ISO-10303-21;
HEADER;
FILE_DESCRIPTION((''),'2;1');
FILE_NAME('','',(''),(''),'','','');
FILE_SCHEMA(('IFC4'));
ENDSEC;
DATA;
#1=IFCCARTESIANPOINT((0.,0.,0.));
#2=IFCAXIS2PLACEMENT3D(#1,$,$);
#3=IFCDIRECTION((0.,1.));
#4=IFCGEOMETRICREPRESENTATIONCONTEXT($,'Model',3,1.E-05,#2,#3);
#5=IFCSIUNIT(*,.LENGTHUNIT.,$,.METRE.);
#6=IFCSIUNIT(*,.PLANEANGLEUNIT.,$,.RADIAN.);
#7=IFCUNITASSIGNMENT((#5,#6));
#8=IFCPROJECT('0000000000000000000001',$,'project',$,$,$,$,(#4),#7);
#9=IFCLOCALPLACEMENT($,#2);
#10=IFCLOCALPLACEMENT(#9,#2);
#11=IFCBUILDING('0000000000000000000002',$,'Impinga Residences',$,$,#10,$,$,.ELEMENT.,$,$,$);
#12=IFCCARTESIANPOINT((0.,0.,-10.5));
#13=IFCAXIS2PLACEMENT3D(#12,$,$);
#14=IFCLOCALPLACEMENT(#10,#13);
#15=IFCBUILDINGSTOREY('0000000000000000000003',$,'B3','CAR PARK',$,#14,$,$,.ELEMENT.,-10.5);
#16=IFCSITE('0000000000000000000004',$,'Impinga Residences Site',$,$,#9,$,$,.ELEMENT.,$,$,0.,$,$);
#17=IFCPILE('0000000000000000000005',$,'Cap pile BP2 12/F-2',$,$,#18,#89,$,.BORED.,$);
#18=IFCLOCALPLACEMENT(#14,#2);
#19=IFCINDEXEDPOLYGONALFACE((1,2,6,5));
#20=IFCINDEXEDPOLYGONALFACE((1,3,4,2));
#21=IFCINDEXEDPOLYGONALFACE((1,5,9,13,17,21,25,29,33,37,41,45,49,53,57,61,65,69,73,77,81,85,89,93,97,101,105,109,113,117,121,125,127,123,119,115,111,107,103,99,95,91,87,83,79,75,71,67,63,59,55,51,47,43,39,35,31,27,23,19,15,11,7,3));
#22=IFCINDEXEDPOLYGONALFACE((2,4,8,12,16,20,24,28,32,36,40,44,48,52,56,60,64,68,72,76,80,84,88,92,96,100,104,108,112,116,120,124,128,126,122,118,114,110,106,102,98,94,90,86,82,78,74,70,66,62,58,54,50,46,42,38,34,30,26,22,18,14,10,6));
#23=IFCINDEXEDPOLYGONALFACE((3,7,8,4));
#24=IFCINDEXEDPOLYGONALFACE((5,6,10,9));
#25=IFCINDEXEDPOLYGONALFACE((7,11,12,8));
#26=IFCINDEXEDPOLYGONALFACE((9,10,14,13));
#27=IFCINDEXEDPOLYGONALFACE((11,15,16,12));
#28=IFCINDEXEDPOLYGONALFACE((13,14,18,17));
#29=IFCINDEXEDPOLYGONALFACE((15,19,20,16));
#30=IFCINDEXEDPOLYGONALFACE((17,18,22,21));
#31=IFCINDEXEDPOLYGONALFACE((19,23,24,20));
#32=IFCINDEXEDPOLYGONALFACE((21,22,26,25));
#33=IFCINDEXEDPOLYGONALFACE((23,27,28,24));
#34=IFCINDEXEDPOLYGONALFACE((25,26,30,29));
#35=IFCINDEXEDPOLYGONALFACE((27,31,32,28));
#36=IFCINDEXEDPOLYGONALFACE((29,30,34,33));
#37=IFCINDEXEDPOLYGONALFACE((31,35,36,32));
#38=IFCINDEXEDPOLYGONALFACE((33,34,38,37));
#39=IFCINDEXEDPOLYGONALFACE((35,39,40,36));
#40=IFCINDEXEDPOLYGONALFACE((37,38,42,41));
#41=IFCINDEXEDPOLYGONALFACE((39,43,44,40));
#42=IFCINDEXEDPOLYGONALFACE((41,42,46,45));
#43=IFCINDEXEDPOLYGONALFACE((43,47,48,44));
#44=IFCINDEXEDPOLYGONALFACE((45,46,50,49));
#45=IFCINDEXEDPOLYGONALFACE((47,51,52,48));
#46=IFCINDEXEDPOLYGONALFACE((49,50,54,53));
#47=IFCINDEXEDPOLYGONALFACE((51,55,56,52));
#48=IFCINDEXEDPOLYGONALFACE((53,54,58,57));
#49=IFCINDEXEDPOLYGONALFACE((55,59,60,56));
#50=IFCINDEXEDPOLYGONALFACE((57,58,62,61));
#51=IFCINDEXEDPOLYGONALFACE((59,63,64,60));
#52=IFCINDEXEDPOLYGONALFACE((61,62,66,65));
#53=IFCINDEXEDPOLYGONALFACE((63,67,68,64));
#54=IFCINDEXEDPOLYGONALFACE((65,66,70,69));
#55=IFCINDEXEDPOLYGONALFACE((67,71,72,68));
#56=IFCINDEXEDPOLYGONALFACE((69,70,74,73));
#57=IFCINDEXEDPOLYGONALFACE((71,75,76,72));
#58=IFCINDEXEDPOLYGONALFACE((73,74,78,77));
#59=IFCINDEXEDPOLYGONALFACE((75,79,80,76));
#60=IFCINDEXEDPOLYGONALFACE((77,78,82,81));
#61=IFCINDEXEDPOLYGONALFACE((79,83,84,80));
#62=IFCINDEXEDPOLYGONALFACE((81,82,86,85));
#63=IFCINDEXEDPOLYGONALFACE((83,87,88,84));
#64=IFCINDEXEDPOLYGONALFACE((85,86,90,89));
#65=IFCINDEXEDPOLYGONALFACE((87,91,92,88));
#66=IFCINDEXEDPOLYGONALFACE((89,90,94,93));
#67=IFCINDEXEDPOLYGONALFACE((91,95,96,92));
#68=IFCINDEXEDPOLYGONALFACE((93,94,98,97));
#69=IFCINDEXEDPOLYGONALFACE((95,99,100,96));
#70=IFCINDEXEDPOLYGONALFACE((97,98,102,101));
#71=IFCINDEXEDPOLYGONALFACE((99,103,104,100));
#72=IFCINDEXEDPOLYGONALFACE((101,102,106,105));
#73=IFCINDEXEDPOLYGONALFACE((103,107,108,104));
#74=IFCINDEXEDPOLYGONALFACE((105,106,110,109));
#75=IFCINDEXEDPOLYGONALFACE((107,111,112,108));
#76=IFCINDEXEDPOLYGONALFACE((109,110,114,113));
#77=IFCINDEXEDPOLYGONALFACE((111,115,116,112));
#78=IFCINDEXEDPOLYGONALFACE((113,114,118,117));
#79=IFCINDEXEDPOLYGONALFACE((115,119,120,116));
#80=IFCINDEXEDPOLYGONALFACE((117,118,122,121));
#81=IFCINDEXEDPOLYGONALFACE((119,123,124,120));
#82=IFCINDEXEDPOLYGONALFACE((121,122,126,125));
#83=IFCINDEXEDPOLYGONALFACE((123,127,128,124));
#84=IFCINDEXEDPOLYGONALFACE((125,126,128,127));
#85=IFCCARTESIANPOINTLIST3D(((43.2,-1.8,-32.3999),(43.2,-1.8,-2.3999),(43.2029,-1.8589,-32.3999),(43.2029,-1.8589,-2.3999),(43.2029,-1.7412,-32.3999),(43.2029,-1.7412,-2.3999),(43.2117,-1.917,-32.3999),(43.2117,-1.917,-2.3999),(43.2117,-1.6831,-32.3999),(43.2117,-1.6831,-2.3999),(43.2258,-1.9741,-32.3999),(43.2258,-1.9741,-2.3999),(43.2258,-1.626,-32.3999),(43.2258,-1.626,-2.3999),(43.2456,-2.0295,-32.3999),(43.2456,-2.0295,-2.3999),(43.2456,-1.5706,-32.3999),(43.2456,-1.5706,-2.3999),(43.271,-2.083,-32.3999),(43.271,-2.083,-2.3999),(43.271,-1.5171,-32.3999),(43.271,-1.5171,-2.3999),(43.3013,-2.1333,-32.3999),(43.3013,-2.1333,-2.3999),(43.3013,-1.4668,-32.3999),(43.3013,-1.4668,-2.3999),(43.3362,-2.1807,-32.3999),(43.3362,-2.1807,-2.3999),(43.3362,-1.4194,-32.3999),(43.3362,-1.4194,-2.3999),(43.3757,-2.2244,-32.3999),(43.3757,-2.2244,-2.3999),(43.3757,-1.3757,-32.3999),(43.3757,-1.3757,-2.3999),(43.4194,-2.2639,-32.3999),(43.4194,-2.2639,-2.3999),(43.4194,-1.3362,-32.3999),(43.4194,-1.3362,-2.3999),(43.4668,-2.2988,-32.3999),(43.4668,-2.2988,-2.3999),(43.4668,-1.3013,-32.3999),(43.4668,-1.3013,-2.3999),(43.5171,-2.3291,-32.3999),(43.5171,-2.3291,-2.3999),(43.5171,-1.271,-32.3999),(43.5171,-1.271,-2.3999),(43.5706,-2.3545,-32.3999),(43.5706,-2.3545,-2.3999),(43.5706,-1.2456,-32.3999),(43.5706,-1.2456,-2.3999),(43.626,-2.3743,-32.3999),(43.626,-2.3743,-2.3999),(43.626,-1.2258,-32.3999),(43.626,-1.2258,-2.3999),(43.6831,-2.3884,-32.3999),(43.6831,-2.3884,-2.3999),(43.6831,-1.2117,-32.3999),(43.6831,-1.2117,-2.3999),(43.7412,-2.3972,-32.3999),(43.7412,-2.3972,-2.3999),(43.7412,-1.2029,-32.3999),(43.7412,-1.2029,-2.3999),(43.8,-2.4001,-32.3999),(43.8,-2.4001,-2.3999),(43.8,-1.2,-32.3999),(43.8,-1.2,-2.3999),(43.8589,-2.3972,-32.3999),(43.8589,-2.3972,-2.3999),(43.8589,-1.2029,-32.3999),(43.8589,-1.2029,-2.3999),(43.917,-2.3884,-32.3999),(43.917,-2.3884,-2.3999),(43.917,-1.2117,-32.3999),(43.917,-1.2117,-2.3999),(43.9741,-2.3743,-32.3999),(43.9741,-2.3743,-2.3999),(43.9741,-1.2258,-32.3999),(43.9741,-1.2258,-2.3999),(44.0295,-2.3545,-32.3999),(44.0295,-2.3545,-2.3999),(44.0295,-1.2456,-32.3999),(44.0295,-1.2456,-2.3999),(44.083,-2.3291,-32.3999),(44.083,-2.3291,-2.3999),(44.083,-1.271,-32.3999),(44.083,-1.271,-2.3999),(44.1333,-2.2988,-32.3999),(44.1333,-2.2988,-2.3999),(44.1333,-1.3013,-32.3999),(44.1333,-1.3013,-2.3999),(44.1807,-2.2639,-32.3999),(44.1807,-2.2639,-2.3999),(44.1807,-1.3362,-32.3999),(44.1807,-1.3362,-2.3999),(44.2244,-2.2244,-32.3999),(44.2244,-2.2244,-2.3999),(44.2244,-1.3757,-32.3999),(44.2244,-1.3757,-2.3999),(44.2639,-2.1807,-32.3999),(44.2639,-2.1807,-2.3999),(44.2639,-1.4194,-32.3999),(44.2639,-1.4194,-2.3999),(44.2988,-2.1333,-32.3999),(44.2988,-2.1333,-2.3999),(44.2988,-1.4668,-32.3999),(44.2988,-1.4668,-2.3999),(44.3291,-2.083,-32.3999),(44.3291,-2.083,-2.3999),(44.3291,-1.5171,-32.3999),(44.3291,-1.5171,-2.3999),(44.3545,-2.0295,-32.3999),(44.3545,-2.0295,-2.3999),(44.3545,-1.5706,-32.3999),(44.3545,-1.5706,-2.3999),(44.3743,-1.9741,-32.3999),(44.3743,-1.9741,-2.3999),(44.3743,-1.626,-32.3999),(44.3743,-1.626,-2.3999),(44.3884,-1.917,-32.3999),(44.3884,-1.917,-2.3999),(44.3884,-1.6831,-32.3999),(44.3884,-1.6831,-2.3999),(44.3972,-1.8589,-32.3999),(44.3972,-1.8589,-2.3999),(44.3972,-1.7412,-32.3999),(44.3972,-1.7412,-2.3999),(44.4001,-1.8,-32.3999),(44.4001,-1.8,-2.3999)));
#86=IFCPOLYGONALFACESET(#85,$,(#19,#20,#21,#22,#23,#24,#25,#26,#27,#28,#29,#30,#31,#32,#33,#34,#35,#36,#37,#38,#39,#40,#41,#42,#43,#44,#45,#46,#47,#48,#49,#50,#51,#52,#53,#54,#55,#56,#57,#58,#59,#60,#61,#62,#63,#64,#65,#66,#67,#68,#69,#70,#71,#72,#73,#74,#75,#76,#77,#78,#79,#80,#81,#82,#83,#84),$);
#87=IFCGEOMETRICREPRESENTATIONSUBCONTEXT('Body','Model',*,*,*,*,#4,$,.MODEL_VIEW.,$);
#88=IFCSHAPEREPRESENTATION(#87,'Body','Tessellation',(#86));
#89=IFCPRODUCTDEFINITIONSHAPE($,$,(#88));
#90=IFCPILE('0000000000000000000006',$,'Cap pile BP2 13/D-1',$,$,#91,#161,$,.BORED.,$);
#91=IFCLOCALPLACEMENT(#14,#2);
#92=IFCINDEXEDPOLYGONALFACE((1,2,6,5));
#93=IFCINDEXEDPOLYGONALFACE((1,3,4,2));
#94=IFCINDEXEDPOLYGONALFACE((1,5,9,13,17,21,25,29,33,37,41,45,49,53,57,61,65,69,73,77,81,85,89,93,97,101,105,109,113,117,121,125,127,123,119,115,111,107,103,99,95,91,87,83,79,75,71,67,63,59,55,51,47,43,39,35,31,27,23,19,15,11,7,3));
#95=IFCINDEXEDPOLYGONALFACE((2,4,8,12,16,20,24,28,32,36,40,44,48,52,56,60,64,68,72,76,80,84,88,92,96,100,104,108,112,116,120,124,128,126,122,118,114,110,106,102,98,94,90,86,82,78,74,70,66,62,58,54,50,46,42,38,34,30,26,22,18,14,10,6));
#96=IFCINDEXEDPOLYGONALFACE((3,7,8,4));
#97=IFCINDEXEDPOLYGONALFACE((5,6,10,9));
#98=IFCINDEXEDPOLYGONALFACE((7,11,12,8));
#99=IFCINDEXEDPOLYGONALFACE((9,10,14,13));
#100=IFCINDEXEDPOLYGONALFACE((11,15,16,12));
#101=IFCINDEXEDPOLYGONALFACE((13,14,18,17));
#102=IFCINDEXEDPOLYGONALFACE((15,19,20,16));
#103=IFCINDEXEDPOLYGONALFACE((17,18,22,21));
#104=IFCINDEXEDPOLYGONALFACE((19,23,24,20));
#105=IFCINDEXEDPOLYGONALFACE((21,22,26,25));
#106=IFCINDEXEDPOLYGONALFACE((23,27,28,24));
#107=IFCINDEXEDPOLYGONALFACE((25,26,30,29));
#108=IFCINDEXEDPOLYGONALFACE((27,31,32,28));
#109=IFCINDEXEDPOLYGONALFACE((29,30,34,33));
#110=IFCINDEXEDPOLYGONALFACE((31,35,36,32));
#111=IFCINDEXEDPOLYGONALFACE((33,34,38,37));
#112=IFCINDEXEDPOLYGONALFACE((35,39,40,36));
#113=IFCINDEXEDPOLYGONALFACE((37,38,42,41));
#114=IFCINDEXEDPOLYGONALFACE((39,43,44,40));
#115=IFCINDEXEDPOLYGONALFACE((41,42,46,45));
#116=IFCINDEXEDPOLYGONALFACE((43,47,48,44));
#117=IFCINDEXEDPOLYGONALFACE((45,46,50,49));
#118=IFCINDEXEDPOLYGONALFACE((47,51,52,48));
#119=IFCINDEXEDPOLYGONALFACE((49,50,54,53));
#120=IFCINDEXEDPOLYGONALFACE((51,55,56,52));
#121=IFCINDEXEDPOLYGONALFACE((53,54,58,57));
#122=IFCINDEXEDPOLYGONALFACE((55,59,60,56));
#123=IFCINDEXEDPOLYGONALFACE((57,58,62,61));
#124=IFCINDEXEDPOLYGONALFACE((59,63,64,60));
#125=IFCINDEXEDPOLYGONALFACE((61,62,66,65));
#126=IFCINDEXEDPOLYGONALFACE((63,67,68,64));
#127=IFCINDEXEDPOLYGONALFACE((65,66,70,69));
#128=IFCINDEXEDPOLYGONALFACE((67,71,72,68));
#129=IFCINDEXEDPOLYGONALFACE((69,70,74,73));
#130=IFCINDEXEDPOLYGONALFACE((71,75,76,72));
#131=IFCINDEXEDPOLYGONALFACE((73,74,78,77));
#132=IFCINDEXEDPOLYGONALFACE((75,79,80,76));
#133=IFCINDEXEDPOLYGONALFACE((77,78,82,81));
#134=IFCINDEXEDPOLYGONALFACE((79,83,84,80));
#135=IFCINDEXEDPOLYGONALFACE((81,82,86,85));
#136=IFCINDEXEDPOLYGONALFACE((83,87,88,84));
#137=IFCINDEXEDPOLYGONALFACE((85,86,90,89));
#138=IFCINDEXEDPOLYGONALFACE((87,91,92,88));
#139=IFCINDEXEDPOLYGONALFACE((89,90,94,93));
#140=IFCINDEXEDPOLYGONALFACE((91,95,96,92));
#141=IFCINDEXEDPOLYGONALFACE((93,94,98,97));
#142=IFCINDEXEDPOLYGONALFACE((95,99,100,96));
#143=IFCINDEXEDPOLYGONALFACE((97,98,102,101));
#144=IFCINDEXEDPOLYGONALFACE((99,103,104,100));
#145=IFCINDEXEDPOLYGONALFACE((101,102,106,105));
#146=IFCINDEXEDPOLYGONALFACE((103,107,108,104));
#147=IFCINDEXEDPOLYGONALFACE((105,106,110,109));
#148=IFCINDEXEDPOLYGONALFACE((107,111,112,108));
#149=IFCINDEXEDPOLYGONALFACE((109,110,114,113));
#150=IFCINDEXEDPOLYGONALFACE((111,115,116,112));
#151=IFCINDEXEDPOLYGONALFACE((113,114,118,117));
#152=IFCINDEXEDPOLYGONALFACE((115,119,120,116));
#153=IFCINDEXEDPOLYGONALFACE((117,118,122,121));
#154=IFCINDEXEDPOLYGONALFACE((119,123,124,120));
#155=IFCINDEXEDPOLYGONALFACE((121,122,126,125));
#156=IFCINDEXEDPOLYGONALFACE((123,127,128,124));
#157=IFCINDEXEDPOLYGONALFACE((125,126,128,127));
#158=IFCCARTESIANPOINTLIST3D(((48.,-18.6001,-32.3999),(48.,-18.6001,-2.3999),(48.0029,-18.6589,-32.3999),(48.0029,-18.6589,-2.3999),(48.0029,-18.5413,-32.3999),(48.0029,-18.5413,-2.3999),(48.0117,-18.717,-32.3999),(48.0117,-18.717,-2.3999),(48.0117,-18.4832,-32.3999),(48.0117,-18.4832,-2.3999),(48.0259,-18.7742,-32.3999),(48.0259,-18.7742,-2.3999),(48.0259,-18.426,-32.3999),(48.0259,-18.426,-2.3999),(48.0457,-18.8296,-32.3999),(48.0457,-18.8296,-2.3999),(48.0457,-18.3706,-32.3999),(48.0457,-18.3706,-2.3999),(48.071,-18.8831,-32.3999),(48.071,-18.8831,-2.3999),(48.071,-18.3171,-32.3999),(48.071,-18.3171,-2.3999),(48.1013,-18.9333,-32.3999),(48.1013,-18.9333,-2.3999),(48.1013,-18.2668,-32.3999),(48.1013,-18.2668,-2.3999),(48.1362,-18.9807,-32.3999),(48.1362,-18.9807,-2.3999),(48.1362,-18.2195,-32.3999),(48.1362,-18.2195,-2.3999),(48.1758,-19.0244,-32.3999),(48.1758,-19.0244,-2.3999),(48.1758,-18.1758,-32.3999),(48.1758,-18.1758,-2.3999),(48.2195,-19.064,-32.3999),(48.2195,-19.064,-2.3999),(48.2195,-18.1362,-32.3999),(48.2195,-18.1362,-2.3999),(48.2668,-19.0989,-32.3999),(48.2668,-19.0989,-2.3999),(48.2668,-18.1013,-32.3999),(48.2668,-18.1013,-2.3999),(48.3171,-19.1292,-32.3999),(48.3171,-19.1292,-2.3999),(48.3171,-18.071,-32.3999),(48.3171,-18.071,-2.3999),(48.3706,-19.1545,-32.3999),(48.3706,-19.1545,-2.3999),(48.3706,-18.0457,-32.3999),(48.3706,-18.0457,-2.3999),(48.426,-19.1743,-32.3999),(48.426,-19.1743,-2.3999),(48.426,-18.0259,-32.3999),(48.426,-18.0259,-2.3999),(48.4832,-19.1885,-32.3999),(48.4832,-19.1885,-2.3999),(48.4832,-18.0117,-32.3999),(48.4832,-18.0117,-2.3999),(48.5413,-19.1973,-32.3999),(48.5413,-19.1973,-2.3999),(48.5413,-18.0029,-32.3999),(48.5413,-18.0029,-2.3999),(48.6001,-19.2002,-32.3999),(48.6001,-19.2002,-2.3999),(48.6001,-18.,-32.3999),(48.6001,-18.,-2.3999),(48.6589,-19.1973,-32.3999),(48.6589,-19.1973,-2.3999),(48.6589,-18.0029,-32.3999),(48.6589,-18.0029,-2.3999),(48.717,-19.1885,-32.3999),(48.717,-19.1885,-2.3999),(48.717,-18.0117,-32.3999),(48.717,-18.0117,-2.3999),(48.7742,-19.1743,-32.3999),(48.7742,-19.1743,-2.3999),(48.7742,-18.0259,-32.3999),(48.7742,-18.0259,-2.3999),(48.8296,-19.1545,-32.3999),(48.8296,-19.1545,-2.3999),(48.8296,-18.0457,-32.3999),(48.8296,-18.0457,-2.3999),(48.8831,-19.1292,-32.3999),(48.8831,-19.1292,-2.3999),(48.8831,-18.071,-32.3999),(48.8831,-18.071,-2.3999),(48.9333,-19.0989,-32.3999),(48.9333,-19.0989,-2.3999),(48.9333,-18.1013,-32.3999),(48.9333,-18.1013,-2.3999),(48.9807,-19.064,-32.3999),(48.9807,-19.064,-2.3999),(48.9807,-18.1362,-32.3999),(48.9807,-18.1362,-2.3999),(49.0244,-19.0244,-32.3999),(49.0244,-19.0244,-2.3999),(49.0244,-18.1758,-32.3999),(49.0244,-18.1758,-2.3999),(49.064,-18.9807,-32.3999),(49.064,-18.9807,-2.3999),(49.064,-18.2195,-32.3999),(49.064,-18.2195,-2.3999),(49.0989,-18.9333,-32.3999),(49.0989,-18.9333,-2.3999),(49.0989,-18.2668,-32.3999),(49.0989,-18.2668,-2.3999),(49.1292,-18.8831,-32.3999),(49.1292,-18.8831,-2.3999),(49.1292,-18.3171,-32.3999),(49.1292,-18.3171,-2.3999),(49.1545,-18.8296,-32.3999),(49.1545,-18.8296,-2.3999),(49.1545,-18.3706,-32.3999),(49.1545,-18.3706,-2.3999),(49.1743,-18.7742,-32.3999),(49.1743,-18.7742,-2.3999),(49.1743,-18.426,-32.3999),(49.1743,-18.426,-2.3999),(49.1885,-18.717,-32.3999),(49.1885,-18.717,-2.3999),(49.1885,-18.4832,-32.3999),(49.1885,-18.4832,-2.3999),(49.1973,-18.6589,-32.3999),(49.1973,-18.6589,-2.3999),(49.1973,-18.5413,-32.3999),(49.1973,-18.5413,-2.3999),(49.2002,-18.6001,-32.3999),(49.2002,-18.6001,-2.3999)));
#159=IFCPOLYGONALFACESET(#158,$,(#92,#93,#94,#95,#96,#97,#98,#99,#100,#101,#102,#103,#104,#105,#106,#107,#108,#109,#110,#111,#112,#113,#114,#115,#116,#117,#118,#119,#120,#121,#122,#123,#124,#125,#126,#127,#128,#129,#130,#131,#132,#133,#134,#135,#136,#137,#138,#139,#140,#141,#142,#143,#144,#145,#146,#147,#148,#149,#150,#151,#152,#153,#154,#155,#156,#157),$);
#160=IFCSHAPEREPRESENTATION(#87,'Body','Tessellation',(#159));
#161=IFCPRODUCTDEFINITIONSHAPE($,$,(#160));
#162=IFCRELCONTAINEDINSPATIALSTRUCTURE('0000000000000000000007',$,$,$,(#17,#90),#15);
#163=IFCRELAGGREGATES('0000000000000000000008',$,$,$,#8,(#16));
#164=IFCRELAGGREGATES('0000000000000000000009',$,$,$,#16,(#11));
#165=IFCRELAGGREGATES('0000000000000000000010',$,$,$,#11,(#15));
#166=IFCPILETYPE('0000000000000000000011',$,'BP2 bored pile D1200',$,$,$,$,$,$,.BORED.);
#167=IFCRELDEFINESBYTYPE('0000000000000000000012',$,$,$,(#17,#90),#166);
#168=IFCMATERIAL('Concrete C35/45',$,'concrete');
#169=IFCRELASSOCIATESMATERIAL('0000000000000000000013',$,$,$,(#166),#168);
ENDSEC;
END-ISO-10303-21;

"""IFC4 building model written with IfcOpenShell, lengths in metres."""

from ifc_helpers import new_model, si_unit, direction, frame, origin, origin_2d, place, context, subcontext, project, spatial, polyline, circle, outline, extrude, material, material_profile, profile_set, type_object, element, save


model = new_model("IFC4")

# Units and contexts
model_context = context("Model", 3, precision=1e-05, world=origin(), true_north=direction((0.0, 1.0)))
body_context = subcontext(model_context, "Body", "Model", "MODEL_VIEW")
ifc_project = project(units=[si_unit("LENGTHUNIT", "METRE"), si_unit("PLANEANGLEUNIT", "RADIAN")], contexts=[model_context])

# Site, building, storey
site_placement = place(None, origin())
site = spatial("IfcSite", under=ifc_project, at=site_placement, Name="Impinga Residences Site", CompositionType="ELEMENT", RefElevation=0.0)
building_placement = place(site_placement, origin())
building = spatial("IfcBuilding", under=site, at=building_placement, Name="Impinga Residences", CompositionType="ELEMENT")
storey_placement = place(building_placement, frame((0.0, 0.0, -10.5)))
storey = spatial("IfcBuildingStorey", under=building, at=storey_placement, Name="B3", Description="CAR PARK", CompositionType="ELEMENT", Elevation=-10.5)

# Piles
ifc_material_1 = material(Name="Concrete C35/45", Category="concrete")
ifc_material_profile_1 = material_profile(ifc_material_1, circle(Radius=0.6001, at=origin_2d()), Name="D1200")
ifc_profile_set_1 = profile_set([ifc_material_profile_1], Name="Concrete C35/45")
pile_type_1 = type_object("IfcPileType", Name="BP2 bored pile D1200", PredefinedType="BORED", material=ifc_profile_set_1)
pile_1_placement = place(storey_placement, frame((43.8, -1.8, -2.3999), z_axis=(0.0, 0.0, -1.0), x_axis=(1.0, 0.0, 0.0)))
element("IfcPile", 1, at=pile_1_placement, inside=storey, type_object=pile_type_1, Name="Cap pile BP2 12/F-2", PredefinedType="BORED", context=body_context, shape_type="SweptSolid", body=[
    extrude(outline(polyline([(0.6001, 0.0), (0.5972, 0.0588), (0.5884, 0.1169), (0.5742, 0.1741), (0.5544, 0.2295), (0.5291, 0.283), (0.4988, 0.3333), (0.4639, 0.3806), (0.4243, 0.4243), (0.3806, 0.4639), (0.3333, 0.4988), (0.283, 0.5291), (0.2295, 0.5544), (0.1741, 0.5742), (0.1169, 0.5884), (0.0588, 0.5972), (0.0, 0.6001), (-0.0588, 0.5972), (-0.1169, 0.5884), (-0.1741, 0.5742), (-0.2295, 0.5544), (-0.283, 0.5291), (-0.3333, 0.4988), (-0.3806, 0.4639), (-0.4243, 0.4243), (-0.4639, 0.3806), (-0.4988, 0.3333), (-0.5291, 0.283), (-0.5544, 0.2295), (-0.5742, 0.1741), (-0.5884, 0.1169), (-0.5972, 0.0588), (-0.6001, 0.0), (-0.5972, -0.0588), (-0.5884, -0.1169), (-0.5742, -0.1741), (-0.5544, -0.2295), (-0.5291, -0.283), (-0.4988, -0.3333), (-0.4639, -0.3806), (-0.4243, -0.4243), (-0.3806, -0.4639), (-0.3333, -0.4988), (-0.283, -0.5291), (-0.2295, -0.5544), (-0.1741, -0.5742), (-0.1169, -0.5884), (-0.0588, -0.5972), (0.0, -0.6001), (0.0588, -0.5972), (0.1169, -0.5884), (0.1741, -0.5742), (0.2295, -0.5544), (0.283, -0.5291), (0.3333, -0.4988), (0.3806, -0.4639), (0.4243, -0.4243), (0.4639, -0.3806), (0.4988, -0.3333), (0.5291, -0.283), (0.5544, -0.2295), (0.5742, -0.1741), (0.5884, -0.1169), (0.5972, -0.0588), (0.6001, 0.0)])), origin(), (0.0, 0.0, 1.0), 30.0),
])
pile_2_placement = place(storey_placement, frame((48.6001, -18.6001, -2.3999), z_axis=(0.0, 0.0, -1.0), x_axis=(1.0, 0.0, 0.0)))
element("IfcPile", 2, at=pile_2_placement, inside=storey, type_object=pile_type_1, Name="Cap pile BP2 13/D-1", PredefinedType="BORED", context=body_context, shape_type="SweptSolid", body=[
    extrude(outline(polyline([(0.6001, 0.0), (0.5972, 0.0588), (0.5884, 0.1169), (0.5742, 0.1741), (0.5544, 0.2295), (0.5291, 0.283), (0.4988, 0.3333), (0.4639, 0.3806), (0.4243, 0.4243), (0.3806, 0.4639), (0.3333, 0.4988), (0.283, 0.5291), (0.2295, 0.5544), (0.1741, 0.5742), (0.1169, 0.5884), (0.0588, 0.5972), (0.0, 0.6001), (-0.0588, 0.5972), (-0.1169, 0.5884), (-0.1741, 0.5742), (-0.2295, 0.5544), (-0.283, 0.5291), (-0.3333, 0.4988), (-0.3806, 0.4639), (-0.4243, 0.4243), (-0.4639, 0.3806), (-0.4988, 0.3333), (-0.5291, 0.283), (-0.5544, 0.2295), (-0.5742, 0.1741), (-0.5884, 0.1169), (-0.5972, 0.0588), (-0.6001, 0.0), (-0.5972, -0.0588), (-0.5884, -0.1169), (-0.5742, -0.1741), (-0.5544, -0.2295), (-0.5291, -0.283), (-0.4988, -0.3333), (-0.4639, -0.3806), (-0.4243, -0.4243), (-0.3806, -0.4639), (-0.3333, -0.4988), (-0.283, -0.5291), (-0.2295, -0.5544), (-0.1741, -0.5742), (-0.1169, -0.5884), (-0.0588, -0.5972), (0.0, -0.6001), (0.0588, -0.5972), (0.1169, -0.5884), (0.1741, -0.5742), (0.2295, -0.5544), (0.283, -0.5291), (0.3333, -0.4988), (0.3806, -0.4639), (0.4243, -0.4243), (0.4639, -0.3806), (0.4988, -0.3333), (0.5291, -0.283), (0.5544, -0.2295), (0.5742, -0.1741), (0.5884, -0.1169), (0.5972, -0.0588), (0.6001, 0.0)])), origin(), (0.0, 0.0, 1.0), 30.0),
])

save(model, "model.ifc")
